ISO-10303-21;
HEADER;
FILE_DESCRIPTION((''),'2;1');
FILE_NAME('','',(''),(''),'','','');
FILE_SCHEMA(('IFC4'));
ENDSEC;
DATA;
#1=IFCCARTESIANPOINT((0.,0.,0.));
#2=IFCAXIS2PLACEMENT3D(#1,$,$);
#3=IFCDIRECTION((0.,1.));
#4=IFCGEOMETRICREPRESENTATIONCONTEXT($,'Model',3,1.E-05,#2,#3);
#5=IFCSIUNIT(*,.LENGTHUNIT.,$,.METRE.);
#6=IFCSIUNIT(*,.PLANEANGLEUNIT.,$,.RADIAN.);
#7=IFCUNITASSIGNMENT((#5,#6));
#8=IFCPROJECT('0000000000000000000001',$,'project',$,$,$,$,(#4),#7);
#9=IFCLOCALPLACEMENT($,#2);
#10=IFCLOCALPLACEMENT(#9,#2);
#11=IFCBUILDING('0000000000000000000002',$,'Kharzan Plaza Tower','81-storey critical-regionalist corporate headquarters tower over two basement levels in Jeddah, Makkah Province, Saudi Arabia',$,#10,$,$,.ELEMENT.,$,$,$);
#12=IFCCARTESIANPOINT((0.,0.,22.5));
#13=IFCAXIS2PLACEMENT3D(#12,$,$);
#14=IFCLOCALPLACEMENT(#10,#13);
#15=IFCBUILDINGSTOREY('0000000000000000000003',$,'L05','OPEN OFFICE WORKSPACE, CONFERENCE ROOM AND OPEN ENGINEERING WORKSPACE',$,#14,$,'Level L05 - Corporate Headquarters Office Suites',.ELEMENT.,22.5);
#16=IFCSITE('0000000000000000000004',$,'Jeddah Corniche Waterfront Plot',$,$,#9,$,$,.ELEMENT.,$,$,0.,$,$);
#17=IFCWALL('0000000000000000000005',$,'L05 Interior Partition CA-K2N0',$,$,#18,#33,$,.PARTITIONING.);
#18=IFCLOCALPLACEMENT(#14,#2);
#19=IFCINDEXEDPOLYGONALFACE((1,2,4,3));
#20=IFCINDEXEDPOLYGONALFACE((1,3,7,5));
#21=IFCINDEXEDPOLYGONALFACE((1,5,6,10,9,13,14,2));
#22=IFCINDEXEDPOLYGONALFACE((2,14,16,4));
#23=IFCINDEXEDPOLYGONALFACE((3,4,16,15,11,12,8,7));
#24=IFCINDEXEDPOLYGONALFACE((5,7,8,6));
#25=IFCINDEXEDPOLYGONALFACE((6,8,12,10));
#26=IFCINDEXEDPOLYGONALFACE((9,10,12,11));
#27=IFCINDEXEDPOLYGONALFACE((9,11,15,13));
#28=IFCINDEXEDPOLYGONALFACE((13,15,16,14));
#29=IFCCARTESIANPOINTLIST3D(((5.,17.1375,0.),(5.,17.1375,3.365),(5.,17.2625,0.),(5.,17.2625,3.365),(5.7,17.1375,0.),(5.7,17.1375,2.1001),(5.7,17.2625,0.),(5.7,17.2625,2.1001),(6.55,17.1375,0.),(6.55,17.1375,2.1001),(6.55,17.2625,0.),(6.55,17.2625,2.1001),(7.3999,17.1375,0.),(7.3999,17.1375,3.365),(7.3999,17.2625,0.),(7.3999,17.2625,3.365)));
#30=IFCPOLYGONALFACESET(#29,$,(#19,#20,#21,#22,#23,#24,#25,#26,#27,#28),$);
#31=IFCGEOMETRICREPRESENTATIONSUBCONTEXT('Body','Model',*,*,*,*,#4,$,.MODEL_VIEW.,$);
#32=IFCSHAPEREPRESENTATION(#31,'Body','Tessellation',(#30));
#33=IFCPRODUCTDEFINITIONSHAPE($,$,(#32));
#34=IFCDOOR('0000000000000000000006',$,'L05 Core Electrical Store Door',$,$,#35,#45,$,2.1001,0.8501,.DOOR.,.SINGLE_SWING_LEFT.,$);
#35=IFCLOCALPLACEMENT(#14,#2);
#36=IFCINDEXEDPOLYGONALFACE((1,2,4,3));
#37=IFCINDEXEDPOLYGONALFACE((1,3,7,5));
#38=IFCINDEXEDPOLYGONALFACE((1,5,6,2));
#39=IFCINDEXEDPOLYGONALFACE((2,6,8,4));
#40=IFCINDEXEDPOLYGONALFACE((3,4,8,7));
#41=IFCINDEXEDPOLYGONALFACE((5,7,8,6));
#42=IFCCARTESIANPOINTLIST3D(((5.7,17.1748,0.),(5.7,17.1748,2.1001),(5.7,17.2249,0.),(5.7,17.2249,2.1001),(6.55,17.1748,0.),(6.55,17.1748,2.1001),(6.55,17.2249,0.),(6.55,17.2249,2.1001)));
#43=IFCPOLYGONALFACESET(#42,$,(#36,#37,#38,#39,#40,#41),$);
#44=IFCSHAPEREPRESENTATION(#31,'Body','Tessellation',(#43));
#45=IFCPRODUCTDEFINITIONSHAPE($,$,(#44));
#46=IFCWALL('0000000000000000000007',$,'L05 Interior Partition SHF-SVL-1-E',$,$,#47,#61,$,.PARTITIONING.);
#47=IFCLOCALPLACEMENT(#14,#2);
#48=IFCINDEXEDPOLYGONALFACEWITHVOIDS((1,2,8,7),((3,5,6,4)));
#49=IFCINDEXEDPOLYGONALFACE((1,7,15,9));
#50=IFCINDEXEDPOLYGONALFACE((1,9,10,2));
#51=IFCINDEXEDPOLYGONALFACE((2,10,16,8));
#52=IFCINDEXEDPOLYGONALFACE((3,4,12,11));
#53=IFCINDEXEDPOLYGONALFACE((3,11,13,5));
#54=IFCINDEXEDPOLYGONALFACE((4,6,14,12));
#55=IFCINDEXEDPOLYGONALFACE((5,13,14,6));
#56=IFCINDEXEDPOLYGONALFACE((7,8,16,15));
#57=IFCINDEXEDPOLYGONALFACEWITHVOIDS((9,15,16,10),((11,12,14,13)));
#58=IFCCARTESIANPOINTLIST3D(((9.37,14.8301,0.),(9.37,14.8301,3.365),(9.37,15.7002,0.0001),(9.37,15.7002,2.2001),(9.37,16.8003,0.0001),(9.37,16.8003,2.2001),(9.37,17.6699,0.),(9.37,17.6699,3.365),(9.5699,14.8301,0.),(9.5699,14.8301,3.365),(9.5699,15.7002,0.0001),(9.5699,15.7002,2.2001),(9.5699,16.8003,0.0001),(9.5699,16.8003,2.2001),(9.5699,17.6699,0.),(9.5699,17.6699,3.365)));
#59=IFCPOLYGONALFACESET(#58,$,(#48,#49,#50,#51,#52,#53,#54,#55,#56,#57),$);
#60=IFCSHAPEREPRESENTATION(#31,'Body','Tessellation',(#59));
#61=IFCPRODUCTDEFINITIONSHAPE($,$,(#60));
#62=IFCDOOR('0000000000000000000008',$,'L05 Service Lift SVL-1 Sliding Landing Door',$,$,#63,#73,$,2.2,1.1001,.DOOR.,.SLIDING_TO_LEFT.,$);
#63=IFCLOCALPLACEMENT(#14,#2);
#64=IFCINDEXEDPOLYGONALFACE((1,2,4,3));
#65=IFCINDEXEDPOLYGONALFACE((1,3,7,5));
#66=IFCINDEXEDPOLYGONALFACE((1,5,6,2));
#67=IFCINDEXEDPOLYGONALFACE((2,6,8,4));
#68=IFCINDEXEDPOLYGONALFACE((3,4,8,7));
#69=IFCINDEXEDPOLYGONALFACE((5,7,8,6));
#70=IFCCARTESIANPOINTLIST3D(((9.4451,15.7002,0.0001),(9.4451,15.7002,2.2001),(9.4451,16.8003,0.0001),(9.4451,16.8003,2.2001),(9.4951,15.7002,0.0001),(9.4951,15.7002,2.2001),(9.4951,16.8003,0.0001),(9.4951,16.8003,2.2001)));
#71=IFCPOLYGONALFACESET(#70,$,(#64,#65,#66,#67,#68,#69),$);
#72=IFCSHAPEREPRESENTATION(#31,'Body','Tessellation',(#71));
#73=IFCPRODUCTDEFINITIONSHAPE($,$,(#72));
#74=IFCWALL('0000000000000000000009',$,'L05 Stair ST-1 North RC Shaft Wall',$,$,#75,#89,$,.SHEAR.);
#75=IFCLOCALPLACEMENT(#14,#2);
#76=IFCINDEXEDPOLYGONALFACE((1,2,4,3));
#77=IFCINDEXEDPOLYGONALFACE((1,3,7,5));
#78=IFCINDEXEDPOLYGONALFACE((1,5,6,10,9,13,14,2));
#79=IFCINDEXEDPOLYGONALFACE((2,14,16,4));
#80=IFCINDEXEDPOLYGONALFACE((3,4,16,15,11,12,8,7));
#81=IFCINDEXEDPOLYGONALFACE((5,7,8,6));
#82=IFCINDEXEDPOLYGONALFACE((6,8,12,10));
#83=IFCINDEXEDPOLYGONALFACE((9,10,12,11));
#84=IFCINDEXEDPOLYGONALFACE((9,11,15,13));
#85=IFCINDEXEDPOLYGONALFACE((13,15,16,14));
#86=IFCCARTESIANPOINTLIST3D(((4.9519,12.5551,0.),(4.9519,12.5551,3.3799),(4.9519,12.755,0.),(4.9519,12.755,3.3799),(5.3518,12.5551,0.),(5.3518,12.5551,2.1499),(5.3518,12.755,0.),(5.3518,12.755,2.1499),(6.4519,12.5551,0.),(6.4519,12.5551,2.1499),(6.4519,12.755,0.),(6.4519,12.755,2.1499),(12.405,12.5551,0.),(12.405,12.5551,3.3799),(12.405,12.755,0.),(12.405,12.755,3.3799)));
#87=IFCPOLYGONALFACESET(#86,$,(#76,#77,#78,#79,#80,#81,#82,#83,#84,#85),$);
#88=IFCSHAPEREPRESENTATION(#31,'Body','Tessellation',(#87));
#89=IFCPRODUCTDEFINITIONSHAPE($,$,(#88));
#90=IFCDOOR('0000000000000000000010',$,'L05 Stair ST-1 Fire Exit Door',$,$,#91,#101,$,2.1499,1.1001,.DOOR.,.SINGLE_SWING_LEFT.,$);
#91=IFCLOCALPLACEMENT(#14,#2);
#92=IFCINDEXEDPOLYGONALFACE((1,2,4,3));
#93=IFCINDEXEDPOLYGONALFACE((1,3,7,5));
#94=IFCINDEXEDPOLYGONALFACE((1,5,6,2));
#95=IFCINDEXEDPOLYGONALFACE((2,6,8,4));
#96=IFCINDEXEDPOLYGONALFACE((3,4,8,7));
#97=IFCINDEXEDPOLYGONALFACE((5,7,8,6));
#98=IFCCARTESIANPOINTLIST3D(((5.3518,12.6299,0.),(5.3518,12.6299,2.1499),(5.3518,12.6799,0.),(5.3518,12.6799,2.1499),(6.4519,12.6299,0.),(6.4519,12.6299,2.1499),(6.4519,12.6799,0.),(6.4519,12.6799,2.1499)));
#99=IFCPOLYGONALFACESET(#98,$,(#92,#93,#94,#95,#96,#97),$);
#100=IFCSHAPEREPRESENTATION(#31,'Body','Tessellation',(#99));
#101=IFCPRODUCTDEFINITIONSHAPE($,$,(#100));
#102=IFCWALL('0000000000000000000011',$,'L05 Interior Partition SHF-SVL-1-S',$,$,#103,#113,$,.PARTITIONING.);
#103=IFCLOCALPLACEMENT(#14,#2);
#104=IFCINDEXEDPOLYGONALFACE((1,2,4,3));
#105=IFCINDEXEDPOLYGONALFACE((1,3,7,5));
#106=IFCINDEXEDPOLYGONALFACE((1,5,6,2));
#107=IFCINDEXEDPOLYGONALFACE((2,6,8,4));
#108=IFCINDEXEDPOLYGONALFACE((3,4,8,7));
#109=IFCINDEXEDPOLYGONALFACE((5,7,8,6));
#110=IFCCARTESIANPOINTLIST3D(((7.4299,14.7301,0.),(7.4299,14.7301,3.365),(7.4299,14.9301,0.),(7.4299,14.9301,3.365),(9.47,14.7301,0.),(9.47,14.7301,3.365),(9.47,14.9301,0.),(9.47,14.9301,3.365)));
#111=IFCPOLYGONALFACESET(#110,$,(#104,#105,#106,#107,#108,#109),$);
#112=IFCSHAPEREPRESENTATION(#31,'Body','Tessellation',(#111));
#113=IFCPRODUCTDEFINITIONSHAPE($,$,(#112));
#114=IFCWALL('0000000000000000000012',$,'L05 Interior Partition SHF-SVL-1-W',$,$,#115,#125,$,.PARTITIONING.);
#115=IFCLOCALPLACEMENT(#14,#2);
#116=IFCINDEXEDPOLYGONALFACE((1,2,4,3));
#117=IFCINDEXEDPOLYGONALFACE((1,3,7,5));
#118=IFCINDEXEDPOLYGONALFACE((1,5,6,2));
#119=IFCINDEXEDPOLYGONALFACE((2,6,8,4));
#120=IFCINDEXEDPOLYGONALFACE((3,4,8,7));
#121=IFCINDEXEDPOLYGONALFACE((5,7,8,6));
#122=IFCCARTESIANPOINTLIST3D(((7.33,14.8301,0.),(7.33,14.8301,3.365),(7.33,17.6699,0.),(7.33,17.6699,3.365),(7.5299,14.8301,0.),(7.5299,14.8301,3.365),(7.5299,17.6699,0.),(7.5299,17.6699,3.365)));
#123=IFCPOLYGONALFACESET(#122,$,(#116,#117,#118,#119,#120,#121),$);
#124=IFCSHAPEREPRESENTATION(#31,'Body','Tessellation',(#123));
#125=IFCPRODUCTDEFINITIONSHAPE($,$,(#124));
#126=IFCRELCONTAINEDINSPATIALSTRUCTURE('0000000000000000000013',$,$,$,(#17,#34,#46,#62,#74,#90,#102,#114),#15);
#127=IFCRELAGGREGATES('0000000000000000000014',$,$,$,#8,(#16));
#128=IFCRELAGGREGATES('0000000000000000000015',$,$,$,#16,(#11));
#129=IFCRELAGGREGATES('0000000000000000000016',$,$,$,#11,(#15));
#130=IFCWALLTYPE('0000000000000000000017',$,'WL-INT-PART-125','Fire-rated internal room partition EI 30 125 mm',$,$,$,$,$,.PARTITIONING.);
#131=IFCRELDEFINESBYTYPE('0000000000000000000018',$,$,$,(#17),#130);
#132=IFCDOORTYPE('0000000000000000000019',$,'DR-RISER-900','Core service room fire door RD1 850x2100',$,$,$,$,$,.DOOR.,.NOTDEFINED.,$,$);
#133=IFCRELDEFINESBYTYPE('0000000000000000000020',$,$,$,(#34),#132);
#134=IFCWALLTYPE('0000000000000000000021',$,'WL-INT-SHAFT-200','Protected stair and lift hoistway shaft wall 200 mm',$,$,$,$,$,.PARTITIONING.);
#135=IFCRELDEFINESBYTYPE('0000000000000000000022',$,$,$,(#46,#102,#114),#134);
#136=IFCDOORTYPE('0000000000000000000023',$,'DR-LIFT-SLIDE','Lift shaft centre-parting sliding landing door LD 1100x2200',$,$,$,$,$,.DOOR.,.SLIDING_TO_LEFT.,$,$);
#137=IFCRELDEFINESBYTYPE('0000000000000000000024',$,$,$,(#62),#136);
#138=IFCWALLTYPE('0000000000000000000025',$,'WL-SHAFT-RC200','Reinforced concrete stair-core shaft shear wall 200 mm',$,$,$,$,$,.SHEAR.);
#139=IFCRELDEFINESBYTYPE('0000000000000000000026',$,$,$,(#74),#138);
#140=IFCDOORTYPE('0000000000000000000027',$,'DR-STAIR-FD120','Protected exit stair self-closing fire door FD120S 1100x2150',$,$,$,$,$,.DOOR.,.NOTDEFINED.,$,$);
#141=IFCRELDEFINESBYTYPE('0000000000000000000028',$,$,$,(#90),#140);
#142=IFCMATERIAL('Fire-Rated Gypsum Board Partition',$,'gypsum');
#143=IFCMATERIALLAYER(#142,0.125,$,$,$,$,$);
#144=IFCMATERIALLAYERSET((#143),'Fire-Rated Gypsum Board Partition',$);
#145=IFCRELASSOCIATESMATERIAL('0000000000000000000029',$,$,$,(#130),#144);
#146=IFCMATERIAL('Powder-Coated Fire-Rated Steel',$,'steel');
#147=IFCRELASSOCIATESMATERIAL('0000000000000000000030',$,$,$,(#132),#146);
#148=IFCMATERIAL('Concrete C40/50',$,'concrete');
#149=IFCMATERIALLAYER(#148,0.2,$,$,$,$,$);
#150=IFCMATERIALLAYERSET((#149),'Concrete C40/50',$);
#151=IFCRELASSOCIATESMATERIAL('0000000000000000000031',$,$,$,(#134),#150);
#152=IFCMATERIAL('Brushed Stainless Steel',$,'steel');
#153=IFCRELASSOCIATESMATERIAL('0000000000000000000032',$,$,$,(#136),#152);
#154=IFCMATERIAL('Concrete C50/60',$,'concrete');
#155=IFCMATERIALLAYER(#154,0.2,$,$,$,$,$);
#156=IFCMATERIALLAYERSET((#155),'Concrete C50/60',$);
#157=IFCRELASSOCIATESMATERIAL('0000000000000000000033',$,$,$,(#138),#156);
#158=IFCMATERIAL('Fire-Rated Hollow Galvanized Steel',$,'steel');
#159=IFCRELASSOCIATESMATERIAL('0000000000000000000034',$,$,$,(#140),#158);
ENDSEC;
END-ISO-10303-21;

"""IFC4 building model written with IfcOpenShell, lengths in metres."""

from ifc_helpers import new_model, si_unit, direction, frame, frame_2d, origin, place, context, subcontext, project, spatial, rectangle, extrude, source, transform, mapped, material, layer, layer_set, type_object, element, fill, save


model = new_model("IFC4")

# Units and contexts
model_context = context("Model", 3, precision=1e-05, world=origin(), true_north=direction((0.0, 1.0)))
body_context = subcontext(model_context, "Body", "Model", "MODEL_VIEW")
ifc_project = project(units=[si_unit("LENGTHUNIT", "METRE"), si_unit("PLANEANGLEUNIT", "RADIAN")], contexts=[model_context])

# Site, building, storey
site_placement = place(None, origin())
site = spatial("IfcSite", under=ifc_project, at=site_placement, Name="Jeddah Corniche Waterfront Plot", CompositionType="ELEMENT", RefElevation=0.0)
building_placement = place(site_placement, origin())
building = spatial("IfcBuilding", under=site, at=building_placement, Name="Kharzan Plaza Tower", Description="81-storey critical-regionalist corporate headquarters tower over two basement levels in Jeddah, Makkah Province, Saudi Arabia", CompositionType="ELEMENT")
storey_placement = place(building_placement, frame((0.0, 0.0, 22.5)))
storey = spatial("IfcBuildingStorey", under=building, at=storey_placement, Name="L05", Description="OPEN OFFICE WORKSPACE, CONFERENCE ROOM AND OPEN ENGINEERING WORKSPACE", LongName="Level L05 - Corporate Headquarters Office Suites", CompositionType="ELEMENT", Elevation=22.5)

# Shared definitions
ifc_material_1 = material(Name="Concrete C40/50", Category="concrete")

# Walls, openings, doors
ifc_material_2 = material(Name="Fire-Rated Gypsum Board Partition", Category="gypsum")
ifc_layer_1 = layer(ifc_material_2, 0.125)
ifc_layer_set_1 = layer_set([ifc_layer_1], Name="Fire-Rated Gypsum Board Partition")
wall_type_1 = type_object("IfcWallType", Name="WL-INT-PART-125", Description="Fire-rated internal room partition EI 30 125 mm", PredefinedType="PARTITIONING", material=ifc_layer_set_1)
wall_1_placement = place(storey_placement, frame((5.0, 17.2, 0.0), z_axis=(0.0, 0.0, 1.0), x_axis=(1.0, 0.0, 0.0)))
wall_1 = element("IfcWall", 1, at=wall_1_placement, inside=storey, type_object=wall_type_1, Name="L05 Interior Partition CA-K2N0", PredefinedType="PARTITIONING", context=body_context, shape_type="SweptSolid", body=[
    extrude(rectangle(XDim=2.3999, YDim=0.125, at=frame_2d((1.2, 0.0))), origin(), (0.0, 0.0, 1.0), 3.365),
])
opening_1_placement = place(wall_1_placement, frame((0.7, 0.0, 0.0)))
opening_1 = element("IfcOpeningElement", 2, at=opening_1_placement, cuts=wall_1, PredefinedType="OPENING", context=body_context, shape_type="SweptSolid", body=[
    extrude(rectangle(XDim=0.8501, YDim=2.1001, at=frame_2d((0.425, 1.05))), frame((0.0, 0.0725, 0.0), z_axis=(0.0, -1.0, 0.0), x_axis=(1.0, 0.0, 0.0)), (0.0, 0.0, 1.0), 0.145),
])
ifc_material_3 = material(Name="Powder-Coated Fire-Rated Steel", Category="steel")
door_type_1 = type_object("IfcDoorType", Name="DR-RISER-900", Description="Core service room fire door RD1 850x2100", OperationType="NOTDEFINED", PredefinedType="DOOR", material=ifc_material_3)
shared_shape_1 = source(origin(), body_context, "Body", "SweptSolid", [
    extrude(rectangle(XDim=0.8501, YDim=2.1001, at=frame_2d((0.425, 1.05))), frame((0.0, 0.0249, 0.0), z_axis=(0.0, -1.0, 0.0), x_axis=(1.0, 0.0, 0.0)), (0.0, 0.0, 1.0), 0.05),
])
door_1_placement = place(opening_1_placement, origin())
door_1 = element("IfcDoor", 3, at=door_1_placement, inside=storey, type_object=door_type_1, Name="L05 Core Electrical Store Door", OperationType="SINGLE_SWING_LEFT", OverallHeight=2.1001, OverallWidth=0.8501, PredefinedType="DOOR", context=body_context, shape_type="MappedRepresentation", body=[
    mapped(shared_shape_1, transform((0.0, 0.0, 0.0), x_axis=(1.0, 0.0, 0.0), y_axis=(0.0, 1.0, 0.0), z_axis=(0.0, 0.0, 1.0))),
])
fill(opening_1, door_1)
ifc_layer_2 = layer(ifc_material_1, 0.2)
ifc_layer_set_2 = layer_set([ifc_layer_2], Name="Concrete C40/50")
wall_type_2 = type_object("IfcWallType", Name="WL-INT-SHAFT-200", Description="Protected stair and lift hoistway shaft wall 200 mm", PredefinedType="PARTITIONING", material=ifc_layer_set_2)
wall_2_placement = place(storey_placement, frame((9.47, 14.8301, 0.0), z_axis=(0.0, 0.0, 1.0), x_axis=(0.0, 1.0, 0.0)))
wall_2 = element("IfcWall", 4, at=wall_2_placement, inside=storey, type_object=wall_type_2, Name="L05 Interior Partition SHF-SVL-1-E", PredefinedType="PARTITIONING", context=body_context, shape_type="SweptSolid", body=[
    extrude(rectangle(XDim=2.8398, YDim=0.2, at=frame_2d((1.4199, 0.0))), origin(), (0.0, 0.0, 1.0), 3.365),
])
opening_2_placement = place(wall_2_placement, frame((0.8701, 0.0, 0.0)))
opening_2 = element("IfcOpeningElement", 5, at=opening_2_placement, cuts=wall_2, PredefinedType="OPENING", context=body_context, shape_type="SweptSolid", body=[
    extrude(rectangle(XDim=1.1001, YDim=2.2, at=frame_2d((0.55, 1.1001))), frame((0.0, 0.1099, 0.0), z_axis=(0.0, -1.0, 0.0), x_axis=(1.0, 0.0, 0.0)), (0.0, 0.0, 1.0), 0.22),
])
ifc_material_4 = material(Name="Brushed Stainless Steel", Category="steel")
door_type_2 = type_object("IfcDoorType", Name="DR-LIFT-SLIDE", Description="Lift shaft centre-parting sliding landing door LD 1100x2200", OperationType="SLIDING_TO_LEFT", PredefinedType="DOOR", material=ifc_material_4)
shared_shape_2 = source(origin(), body_context, "Body", "SweptSolid", [
    extrude(rectangle(XDim=1.1001, YDim=2.2, at=frame_2d((0.55, 1.1001))), frame((0.0, 0.0249, 0.0), z_axis=(0.0, -1.0, 0.0), x_axis=(1.0, 0.0, 0.0)), (0.0, 0.0, 1.0), 0.05),
])
door_2_placement = place(opening_2_placement, origin())
door_2 = element("IfcDoor", 6, at=door_2_placement, inside=storey, type_object=door_type_2, Name="L05 Service Lift SVL-1 Sliding Landing Door", OperationType="SLIDING_TO_LEFT", OverallHeight=2.2, OverallWidth=1.1001, PredefinedType="DOOR", context=body_context, shape_type="MappedRepresentation", body=[
    mapped(shared_shape_2, transform((0.0, 0.0, 0.0), x_axis=(1.0, 0.0, 0.0), y_axis=(0.0, 1.0, 0.0), z_axis=(0.0, 0.0, 1.0))),
])
fill(opening_2, door_2)
ifc_material_5 = material(Name="Concrete C50/60", Category="concrete")
ifc_layer_3 = layer(ifc_material_5, 0.2)
ifc_layer_set_3 = layer_set([ifc_layer_3], Name="Concrete C50/60")
wall_type_3 = type_object("IfcWallType", Name="WL-SHAFT-RC200", Description="Reinforced concrete stair-core shaft shear wall 200 mm", PredefinedType="SHEAR", material=ifc_layer_set_3)
wall_3_placement = place(storey_placement, frame((4.9519, 12.655, 0.0), z_axis=(0.0, 0.0, 1.0), x_axis=(1.0, 0.0, 0.0)))
wall_3 = element("IfcWall", 7, at=wall_3_placement, inside=storey, type_object=wall_type_3, Name="L05 Stair ST-1 North RC Shaft Wall", PredefinedType="SHEAR", context=body_context, shape_type="SweptSolid", body=[
    extrude(rectangle(XDim=7.4531, YDim=0.2, at=frame_2d((3.7266, 0.0))), origin(), (0.0, 0.0, 1.0), 3.3799),
])
opening_3_placement = place(wall_3_placement, frame((0.3999, 0.0, 0.0)))
opening_3 = element("IfcOpeningElement", 8, at=opening_3_placement, cuts=wall_3, PredefinedType="OPENING", context=body_context, shape_type="SweptSolid", body=[
    extrude(rectangle(XDim=1.1001, YDim=2.1499, at=frame_2d((0.55, 1.075))), frame((0.0, 0.1099, 0.0), z_axis=(0.0, -1.0, 0.0), x_axis=(1.0, 0.0, 0.0)), (0.0, 0.0, 1.0), 0.22),
])
ifc_material_6 = material(Name="Fire-Rated Hollow Galvanized Steel", Category="steel")
door_type_3 = type_object("IfcDoorType", Name="DR-STAIR-FD120", Description="Protected exit stair self-closing fire door FD120S 1100x2150", OperationType="NOTDEFINED", PredefinedType="DOOR", material=ifc_material_6)
shared_shape_3 = source(origin(), body_context, "Body", "SweptSolid", [
    extrude(rectangle(XDim=1.1001, YDim=2.1499, at=frame_2d((0.55, 1.075))), frame((0.0, 0.0249, 0.0), z_axis=(0.0, -1.0, 0.0), x_axis=(1.0, 0.0, 0.0)), (0.0, 0.0, 1.0), 0.05),
])
door_3_placement = place(opening_3_placement, origin())
door_3 = element("IfcDoor", 9, at=door_3_placement, inside=storey, type_object=door_type_3, Name="L05 Stair ST-1 Fire Exit Door", OperationType="SINGLE_SWING_LEFT", OverallHeight=2.1499, OverallWidth=1.1001, PredefinedType="DOOR", context=body_context, shape_type="MappedRepresentation", body=[
    mapped(shared_shape_3, transform((0.0, 0.0, 0.0), x_axis=(1.0, 0.0, 0.0), y_axis=(0.0, 1.0, 0.0), z_axis=(0.0, 0.0, 1.0))),
])
fill(opening_3, door_3)

# Walls
shared_shape_4 = source(origin(), body_context, "Body", "SweptSolid", [
    extrude(rectangle(XDim=2.04, YDim=0.2, at=frame_2d((1.02, 0.0))), origin(), (0.0, 0.0, 1.0), 3.365),
])
wall_4_placement = place(storey_placement, frame((7.4299, 14.8301, 0.0), z_axis=(0.0, 0.0, 1.0), x_axis=(1.0, 0.0, 0.0)))
element("IfcWall", 10, at=wall_4_placement, inside=storey, type_object=wall_type_2, Name="L05 Interior Partition SHF-SVL-1-S", PredefinedType="PARTITIONING", context=body_context, shape_type="MappedRepresentation", body=[
    mapped(shared_shape_4, transform((0.0, 0.0, 0.0), x_axis=(1.0, 0.0, 0.0), y_axis=(0.0, 1.0, 0.0), z_axis=(0.0, 0.0, 1.0))),
])
shared_shape_5 = source(origin(), body_context, "Body", "SweptSolid", [
    extrude(rectangle(XDim=2.8398, YDim=0.2, at=frame_2d((1.4199, 0.0))), origin(), (0.0, 0.0, 1.0), 3.365),
])
wall_5_placement = place(storey_placement, frame((7.4299, 14.8301, 0.0), z_axis=(0.0, 0.0, 1.0), x_axis=(0.0, 1.0, 0.0)))
element("IfcWall", 11, at=wall_5_placement, inside=storey, type_object=wall_type_2, Name="L05 Interior Partition SHF-SVL-1-W", PredefinedType="PARTITIONING", context=body_context, shape_type="MappedRepresentation", body=[
    mapped(shared_shape_5, transform((0.0, 0.0, 0.0), x_axis=(1.0, 0.0, 0.0), y_axis=(0.0, 1.0, 0.0), z_axis=(0.0, 0.0, 1.0))),
])

save(model, "model.ifc")
